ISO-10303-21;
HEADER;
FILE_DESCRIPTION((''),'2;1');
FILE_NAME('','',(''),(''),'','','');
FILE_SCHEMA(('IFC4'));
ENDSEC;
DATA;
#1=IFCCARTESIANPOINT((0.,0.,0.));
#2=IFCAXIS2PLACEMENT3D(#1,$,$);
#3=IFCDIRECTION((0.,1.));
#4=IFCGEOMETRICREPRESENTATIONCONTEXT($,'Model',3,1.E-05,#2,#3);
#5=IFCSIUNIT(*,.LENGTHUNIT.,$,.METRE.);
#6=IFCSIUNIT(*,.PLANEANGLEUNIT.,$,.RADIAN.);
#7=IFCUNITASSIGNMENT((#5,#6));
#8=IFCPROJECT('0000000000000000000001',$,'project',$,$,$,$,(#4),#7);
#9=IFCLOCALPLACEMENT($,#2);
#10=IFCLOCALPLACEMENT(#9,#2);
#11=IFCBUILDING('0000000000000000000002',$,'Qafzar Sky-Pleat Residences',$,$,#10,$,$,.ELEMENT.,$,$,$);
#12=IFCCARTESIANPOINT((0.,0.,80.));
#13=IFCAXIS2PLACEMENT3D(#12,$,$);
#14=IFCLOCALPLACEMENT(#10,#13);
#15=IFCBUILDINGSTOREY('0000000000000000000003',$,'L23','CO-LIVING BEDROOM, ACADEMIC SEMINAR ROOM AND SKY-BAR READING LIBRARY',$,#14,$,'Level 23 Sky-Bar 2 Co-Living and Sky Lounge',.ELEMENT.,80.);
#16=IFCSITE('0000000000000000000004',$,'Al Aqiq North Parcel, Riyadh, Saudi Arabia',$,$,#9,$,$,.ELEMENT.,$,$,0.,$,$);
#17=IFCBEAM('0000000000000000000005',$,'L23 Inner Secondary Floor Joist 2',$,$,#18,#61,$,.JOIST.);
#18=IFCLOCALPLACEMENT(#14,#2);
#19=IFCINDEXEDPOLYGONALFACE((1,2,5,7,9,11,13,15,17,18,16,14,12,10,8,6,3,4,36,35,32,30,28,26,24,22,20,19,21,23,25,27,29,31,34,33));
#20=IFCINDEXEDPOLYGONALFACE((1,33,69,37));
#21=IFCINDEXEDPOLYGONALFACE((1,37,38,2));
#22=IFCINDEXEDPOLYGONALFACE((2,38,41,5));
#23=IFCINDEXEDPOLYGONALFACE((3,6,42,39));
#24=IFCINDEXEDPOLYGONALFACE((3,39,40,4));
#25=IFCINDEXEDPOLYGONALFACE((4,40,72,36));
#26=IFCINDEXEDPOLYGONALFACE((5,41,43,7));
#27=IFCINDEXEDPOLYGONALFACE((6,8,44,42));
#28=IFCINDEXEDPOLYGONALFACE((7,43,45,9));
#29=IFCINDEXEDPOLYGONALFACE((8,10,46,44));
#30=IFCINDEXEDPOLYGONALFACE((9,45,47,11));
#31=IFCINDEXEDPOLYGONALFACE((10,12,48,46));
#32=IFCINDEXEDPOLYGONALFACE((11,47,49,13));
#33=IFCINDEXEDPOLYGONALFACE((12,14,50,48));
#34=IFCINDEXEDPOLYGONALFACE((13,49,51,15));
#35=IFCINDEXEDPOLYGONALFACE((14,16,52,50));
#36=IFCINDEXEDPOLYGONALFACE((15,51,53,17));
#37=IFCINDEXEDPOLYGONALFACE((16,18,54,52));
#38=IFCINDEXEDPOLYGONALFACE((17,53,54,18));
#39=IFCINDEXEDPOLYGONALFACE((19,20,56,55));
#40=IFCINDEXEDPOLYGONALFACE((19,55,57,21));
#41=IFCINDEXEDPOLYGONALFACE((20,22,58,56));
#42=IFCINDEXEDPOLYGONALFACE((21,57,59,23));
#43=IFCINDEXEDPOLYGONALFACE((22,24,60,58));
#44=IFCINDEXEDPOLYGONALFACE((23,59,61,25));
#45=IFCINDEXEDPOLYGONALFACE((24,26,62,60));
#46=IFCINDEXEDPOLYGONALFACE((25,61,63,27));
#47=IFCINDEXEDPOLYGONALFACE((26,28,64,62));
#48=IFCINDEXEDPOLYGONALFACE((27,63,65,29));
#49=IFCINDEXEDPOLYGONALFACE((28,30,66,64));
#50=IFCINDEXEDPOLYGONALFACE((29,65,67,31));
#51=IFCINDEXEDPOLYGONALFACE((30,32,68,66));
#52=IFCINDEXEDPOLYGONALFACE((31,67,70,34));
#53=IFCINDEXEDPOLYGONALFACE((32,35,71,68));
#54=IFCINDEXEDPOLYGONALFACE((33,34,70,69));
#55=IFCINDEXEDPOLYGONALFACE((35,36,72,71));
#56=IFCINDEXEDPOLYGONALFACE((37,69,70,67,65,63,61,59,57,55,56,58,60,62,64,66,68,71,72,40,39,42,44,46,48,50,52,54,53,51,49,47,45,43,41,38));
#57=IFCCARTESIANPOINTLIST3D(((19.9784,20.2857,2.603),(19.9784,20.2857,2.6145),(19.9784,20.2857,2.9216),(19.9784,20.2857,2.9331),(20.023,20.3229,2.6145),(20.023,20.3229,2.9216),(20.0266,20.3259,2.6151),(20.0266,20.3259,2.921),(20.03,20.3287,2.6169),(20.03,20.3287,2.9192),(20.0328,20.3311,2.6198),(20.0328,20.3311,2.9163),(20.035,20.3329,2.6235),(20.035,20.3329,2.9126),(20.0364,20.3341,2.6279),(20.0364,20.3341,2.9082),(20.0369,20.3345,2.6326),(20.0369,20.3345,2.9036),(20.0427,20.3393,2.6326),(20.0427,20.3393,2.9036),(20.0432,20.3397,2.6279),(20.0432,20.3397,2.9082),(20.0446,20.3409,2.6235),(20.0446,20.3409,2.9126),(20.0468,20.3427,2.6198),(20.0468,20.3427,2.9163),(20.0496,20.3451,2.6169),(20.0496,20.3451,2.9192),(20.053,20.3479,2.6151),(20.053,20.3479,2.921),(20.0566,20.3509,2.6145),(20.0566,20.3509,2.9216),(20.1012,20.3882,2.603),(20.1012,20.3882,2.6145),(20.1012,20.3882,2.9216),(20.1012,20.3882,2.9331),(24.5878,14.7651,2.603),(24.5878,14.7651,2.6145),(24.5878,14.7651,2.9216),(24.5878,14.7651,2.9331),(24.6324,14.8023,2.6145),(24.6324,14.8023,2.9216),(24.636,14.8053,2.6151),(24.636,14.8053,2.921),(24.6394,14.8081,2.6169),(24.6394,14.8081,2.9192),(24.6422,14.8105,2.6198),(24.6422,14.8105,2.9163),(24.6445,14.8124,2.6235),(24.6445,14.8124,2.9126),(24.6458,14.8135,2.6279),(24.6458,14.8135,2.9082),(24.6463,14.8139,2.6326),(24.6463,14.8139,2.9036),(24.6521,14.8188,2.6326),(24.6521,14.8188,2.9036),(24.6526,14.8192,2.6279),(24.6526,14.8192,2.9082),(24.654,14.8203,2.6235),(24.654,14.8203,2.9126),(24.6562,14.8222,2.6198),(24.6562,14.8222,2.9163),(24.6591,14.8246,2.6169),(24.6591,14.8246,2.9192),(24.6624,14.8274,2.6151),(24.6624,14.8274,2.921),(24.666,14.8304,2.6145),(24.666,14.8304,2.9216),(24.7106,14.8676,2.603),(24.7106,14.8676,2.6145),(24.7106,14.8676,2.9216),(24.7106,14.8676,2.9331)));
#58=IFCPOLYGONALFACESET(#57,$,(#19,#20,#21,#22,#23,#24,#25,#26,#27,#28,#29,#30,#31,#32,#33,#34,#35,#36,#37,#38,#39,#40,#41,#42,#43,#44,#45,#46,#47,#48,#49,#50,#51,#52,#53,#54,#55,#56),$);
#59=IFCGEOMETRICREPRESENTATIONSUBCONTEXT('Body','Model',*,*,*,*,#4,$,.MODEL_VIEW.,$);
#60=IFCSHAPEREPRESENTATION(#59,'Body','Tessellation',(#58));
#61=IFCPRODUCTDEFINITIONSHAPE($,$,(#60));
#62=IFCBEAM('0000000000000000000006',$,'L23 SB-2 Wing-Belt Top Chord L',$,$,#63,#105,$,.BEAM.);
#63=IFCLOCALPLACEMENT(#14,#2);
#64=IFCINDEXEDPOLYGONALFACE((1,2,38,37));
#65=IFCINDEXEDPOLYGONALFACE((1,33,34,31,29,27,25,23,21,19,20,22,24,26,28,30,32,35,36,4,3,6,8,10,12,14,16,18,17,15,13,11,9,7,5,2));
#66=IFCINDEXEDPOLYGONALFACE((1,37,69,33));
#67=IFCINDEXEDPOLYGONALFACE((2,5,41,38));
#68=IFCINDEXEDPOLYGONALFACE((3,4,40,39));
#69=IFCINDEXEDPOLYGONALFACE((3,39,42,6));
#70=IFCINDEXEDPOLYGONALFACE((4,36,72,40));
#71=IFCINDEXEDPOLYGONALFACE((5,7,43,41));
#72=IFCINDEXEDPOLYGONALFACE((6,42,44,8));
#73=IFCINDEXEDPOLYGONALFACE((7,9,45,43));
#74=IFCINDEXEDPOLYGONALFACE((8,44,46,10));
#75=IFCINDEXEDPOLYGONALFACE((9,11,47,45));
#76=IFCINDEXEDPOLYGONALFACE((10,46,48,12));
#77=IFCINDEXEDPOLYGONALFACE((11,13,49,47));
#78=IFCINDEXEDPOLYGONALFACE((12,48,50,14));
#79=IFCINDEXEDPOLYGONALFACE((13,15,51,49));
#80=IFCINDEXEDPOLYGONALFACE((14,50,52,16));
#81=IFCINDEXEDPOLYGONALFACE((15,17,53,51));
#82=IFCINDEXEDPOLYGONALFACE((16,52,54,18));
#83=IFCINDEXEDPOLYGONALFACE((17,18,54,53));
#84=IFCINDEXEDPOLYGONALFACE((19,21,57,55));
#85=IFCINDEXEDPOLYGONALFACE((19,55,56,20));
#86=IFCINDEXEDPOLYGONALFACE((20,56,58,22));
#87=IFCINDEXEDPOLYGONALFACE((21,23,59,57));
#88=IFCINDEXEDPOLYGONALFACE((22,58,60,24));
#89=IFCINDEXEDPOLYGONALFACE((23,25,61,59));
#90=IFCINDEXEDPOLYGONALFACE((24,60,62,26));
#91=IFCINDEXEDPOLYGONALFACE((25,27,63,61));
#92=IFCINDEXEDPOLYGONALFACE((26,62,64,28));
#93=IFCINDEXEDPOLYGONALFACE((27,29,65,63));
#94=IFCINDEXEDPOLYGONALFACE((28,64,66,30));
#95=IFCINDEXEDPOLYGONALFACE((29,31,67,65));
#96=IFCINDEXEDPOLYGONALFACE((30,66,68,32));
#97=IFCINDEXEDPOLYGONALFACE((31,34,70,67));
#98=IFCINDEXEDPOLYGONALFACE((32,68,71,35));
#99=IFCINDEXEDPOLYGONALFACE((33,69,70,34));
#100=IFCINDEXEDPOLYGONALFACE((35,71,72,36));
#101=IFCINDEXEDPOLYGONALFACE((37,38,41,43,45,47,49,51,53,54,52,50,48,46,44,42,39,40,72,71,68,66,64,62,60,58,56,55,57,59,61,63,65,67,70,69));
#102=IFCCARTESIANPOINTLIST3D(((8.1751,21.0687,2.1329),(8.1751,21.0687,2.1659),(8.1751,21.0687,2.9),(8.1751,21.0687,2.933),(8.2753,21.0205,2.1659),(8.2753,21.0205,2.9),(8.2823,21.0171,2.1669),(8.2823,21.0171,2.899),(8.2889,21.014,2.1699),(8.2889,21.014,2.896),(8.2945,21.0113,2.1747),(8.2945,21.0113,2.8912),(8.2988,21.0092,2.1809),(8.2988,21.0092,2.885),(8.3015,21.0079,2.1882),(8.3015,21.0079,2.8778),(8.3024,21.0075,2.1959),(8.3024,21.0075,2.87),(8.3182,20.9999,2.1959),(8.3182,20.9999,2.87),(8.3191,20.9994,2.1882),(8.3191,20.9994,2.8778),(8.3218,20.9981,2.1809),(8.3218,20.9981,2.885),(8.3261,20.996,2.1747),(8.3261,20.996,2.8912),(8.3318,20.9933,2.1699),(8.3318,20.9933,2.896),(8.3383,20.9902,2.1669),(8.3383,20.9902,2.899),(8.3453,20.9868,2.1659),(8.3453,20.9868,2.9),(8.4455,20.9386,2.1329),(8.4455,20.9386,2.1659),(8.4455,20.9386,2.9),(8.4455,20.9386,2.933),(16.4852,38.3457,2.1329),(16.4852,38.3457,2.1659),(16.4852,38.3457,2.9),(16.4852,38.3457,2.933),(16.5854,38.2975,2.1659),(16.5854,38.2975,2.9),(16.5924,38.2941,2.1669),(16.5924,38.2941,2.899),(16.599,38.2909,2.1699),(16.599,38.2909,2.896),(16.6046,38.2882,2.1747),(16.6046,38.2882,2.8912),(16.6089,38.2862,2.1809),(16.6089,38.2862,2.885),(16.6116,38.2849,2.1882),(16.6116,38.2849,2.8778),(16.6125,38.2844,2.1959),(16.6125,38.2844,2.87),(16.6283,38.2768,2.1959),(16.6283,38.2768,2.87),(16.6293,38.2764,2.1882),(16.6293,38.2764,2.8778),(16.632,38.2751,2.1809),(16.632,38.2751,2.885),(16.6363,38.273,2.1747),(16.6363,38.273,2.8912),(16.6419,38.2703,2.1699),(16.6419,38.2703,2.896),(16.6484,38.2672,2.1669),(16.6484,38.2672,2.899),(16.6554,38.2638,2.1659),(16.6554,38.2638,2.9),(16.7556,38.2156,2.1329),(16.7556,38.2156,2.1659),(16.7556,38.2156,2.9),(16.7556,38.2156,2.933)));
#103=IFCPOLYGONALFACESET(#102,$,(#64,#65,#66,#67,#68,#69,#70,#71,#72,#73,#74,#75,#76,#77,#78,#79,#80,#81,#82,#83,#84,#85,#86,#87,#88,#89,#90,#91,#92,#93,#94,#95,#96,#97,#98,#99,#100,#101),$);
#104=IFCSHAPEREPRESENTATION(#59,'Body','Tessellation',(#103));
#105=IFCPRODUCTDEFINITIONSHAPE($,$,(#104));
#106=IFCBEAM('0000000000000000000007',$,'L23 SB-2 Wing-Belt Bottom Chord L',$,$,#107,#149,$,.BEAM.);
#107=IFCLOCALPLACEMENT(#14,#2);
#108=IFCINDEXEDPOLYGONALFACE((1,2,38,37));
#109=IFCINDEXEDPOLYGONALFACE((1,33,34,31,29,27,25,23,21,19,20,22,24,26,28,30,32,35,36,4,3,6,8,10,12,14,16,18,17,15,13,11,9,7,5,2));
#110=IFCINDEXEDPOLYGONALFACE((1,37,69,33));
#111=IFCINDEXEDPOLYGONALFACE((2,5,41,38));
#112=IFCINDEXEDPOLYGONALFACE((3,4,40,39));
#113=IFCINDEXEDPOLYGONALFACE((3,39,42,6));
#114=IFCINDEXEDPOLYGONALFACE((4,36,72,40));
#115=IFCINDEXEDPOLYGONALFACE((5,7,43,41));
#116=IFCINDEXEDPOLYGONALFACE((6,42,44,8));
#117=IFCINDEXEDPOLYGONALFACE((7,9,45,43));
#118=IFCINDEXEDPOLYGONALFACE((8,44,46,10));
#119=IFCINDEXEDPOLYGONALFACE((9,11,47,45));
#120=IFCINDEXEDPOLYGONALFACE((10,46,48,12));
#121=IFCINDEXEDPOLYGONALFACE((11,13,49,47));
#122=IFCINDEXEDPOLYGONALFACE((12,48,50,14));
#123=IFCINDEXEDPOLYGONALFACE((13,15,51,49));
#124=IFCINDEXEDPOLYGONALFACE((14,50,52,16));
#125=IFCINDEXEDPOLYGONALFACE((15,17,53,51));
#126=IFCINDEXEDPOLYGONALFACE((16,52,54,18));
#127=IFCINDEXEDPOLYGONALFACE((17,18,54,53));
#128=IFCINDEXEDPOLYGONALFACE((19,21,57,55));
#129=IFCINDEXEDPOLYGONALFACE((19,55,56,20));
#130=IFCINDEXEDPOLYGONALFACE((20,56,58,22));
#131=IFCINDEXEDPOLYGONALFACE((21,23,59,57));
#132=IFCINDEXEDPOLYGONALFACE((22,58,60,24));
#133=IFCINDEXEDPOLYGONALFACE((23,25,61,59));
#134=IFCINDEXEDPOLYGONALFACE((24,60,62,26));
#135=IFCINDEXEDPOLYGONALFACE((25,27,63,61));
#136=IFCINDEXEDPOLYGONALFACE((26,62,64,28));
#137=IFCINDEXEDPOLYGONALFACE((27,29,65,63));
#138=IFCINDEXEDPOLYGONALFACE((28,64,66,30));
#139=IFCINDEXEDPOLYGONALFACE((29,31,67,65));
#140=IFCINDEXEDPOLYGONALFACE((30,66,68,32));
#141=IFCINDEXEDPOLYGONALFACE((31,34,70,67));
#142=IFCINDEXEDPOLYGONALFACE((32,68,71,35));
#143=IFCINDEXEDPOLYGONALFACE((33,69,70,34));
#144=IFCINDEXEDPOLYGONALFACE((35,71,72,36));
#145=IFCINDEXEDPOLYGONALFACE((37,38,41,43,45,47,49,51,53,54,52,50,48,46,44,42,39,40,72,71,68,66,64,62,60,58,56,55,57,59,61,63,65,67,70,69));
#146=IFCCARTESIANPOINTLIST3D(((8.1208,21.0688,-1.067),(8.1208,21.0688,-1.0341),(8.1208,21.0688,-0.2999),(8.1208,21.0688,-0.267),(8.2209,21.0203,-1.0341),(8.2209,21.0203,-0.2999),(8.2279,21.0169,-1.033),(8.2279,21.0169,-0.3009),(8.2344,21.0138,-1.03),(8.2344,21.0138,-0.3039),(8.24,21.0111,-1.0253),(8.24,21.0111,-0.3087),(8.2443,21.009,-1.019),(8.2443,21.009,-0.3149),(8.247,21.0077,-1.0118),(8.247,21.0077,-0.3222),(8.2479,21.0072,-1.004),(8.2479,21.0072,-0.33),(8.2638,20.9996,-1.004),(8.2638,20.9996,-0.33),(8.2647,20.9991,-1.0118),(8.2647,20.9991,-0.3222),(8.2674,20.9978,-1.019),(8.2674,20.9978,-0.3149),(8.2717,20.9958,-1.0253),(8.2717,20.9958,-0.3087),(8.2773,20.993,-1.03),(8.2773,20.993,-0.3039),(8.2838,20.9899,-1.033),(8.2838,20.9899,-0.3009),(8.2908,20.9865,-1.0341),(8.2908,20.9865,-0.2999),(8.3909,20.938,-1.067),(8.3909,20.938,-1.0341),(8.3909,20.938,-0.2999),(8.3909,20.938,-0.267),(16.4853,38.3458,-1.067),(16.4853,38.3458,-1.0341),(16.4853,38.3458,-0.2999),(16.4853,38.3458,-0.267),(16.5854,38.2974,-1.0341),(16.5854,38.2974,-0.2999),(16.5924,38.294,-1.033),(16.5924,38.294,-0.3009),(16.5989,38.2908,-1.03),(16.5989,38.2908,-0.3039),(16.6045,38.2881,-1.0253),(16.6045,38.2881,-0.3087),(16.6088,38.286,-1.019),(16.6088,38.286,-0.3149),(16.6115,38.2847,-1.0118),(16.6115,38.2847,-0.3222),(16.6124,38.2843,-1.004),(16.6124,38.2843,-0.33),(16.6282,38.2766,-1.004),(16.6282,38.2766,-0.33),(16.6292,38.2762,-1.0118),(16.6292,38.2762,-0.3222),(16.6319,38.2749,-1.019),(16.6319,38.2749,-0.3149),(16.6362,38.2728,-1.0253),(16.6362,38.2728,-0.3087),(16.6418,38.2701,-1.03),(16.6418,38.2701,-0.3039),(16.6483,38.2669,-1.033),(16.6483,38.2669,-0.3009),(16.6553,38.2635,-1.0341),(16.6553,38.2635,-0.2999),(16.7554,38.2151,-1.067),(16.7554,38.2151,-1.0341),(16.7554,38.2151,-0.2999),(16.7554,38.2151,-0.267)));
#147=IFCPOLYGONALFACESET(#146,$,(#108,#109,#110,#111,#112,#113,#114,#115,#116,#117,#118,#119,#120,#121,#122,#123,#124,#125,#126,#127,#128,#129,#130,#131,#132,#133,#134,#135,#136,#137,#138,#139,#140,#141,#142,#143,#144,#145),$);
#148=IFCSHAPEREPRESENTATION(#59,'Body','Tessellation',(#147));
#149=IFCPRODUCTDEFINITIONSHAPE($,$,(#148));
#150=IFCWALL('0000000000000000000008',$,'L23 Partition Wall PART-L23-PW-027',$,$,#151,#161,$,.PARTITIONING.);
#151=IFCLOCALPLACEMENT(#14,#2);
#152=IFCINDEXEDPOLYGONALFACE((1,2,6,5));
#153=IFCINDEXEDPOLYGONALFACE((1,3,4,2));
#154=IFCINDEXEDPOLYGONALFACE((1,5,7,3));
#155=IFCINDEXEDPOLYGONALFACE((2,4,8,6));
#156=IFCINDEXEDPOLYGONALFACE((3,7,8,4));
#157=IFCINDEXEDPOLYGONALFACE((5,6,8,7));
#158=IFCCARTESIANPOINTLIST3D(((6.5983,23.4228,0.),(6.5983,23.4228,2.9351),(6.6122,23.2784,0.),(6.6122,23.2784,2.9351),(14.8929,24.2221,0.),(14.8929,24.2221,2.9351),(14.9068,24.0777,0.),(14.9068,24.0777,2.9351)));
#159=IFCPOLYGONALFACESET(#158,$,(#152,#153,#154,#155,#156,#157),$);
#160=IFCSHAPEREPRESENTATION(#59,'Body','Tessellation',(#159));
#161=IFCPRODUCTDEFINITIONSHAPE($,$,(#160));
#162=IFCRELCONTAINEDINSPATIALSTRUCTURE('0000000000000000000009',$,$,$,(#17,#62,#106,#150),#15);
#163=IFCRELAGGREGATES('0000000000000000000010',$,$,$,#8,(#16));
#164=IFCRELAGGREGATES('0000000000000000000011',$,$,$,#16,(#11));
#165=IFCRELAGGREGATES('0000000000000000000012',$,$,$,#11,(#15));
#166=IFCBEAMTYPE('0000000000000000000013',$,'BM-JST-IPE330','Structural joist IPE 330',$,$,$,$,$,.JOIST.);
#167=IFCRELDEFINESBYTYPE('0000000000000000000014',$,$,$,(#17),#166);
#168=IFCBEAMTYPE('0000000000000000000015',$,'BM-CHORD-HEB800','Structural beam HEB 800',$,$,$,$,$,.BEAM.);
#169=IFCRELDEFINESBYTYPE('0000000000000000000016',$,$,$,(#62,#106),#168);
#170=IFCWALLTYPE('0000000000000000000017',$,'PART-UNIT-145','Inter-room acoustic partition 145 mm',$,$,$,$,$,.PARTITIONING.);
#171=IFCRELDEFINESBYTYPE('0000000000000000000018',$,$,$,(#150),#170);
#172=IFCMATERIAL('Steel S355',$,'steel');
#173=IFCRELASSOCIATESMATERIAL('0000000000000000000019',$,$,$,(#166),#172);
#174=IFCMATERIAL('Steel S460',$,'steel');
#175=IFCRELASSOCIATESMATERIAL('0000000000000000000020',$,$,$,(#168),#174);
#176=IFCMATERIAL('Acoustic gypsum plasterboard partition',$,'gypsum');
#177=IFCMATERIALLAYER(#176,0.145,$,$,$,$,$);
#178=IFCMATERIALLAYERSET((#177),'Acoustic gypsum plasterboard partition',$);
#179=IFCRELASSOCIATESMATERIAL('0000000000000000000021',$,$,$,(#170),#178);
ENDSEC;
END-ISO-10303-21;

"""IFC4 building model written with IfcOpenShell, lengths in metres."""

from ifc_helpers import new_model, si_unit, direction, frame, frame_2d, origin, origin_2d, place, context, subcontext, project, spatial, rectangle, i_section, extrude, source, transform, mapped, material, layer, layer_set, material_profile, profile_set, type_object, element, save


model = new_model("IFC4")

# Units and contexts
model_context = context("Model", 3, precision=1e-05, world=origin(), true_north=direction((0.0, 1.0)))
body_context = subcontext(model_context, "Body", "Model", "MODEL_VIEW")
ifc_project = project(units=[si_unit("LENGTHUNIT", "METRE"), si_unit("PLANEANGLEUNIT", "RADIAN")], contexts=[model_context])

# Site, building, storey
site_placement = place(None, origin())
site = spatial("IfcSite", under=ifc_project, at=site_placement, Name="Al Aqiq North Parcel, Riyadh, Saudi Arabia", CompositionType="ELEMENT", RefElevation=0.0)
building_placement = place(site_placement, origin())
building = spatial("IfcBuilding", under=site, at=building_placement, Name="Qafzar Sky-Pleat Residences", CompositionType="ELEMENT")
storey_placement = place(building_placement, frame((0.0, 0.0, 80.0)))
storey = spatial("IfcBuildingStorey", under=building, at=storey_placement, Name="L23", Description="CO-LIVING BEDROOM, ACADEMIC SEMINAR ROOM AND SKY-BAR READING LIBRARY", LongName="Level 23 Sky-Bar 2 Co-Living and Sky Lounge", CompositionType="ELEMENT", Elevation=80.0)

# Shared definitions
ifc_material_1 = material(Name="Steel S460", Category="steel")

# Beams
ifc_material_2 = material(Name="Steel S355", Category="steel")
ifc_material_profile_1 = material_profile(ifc_material_2, i_section(OverallWidth=0.1599, OverallDepth=0.3301, WebThickness=0.0076, FlangeThickness=0.0115, FilletRadius=0.0181, at=origin_2d()), Name="IPE 330")
ifc_profile_set_1 = profile_set([ifc_material_profile_1], Name="Steel S355")
beam_type_1 = type_object("IfcBeamType", Name="BM-JST-IPE330", Description="Structural joist IPE 330", PredefinedType="JOIST", material=ifc_profile_set_1)
shared_shape_1 = source(origin(), body_context, "Body", "SweptSolid", [
    extrude(i_section(OverallWidth=0.1599, OverallDepth=0.3301, WebThickness=0.0076, FlangeThickness=0.0115, FilletRadius=0.0181, at=origin_2d()), origin(), (0.0, 0.0, 1.0), 7.1919),
])
beam_1_placement = place(storey_placement, frame((20.0398, 20.3369, 2.7681), z_axis=(0.640919, -0.767609, 0.0), x_axis=(0.767609, 0.640919, 0.0)))
element("IfcBeam", 1, at=beam_1_placement, inside=storey, type_object=beam_type_1, Name="L23 Inner Secondary Floor Joist 2", PredefinedType="JOIST", context=body_context, shape_type="MappedRepresentation", body=[
    mapped(shared_shape_1, transform((0.0, 0.0, 0.0), x_axis=(1.0, 0.0, 0.0), y_axis=(0.0, 1.0, 0.0), z_axis=(0.0, 0.0, 1.0), scale=1.0)),
])
ifc_material_profile_2 = material_profile(ifc_material_1, i_section(OverallWidth=0.3, OverallDepth=0.8, WebThickness=0.0176, FlangeThickness=0.033, FilletRadius=0.03, at=origin_2d()), Name="HEB 800")
ifc_profile_set_2 = profile_set([ifc_material_profile_2], Name="Steel S460")
beam_type_2 = type_object("IfcBeamType", Name="BM-CHORD-HEB800", Description="Structural beam HEB 800", PredefinedType="BEAM", material=ifc_profile_set_2)
shared_shape_2 = source(origin(), body_context, "Body", "SweptSolid", [
    extrude(i_section(OverallWidth=0.3, OverallDepth=0.8, WebThickness=0.0176, FlangeThickness=0.033, FilletRadius=0.03, at=origin_2d()), origin(), (0.0, 0.0, 1.0), 19.1716),
])
beam_2_placement = place(storey_placement, frame((8.3103, 21.0037, 2.533), z_axis=(0.433459, 0.901173, 0.0), x_axis=(-0.901173, 0.433459, 0.0)))
element("IfcBeam", 2, at=beam_2_placement, inside=storey, type_object=beam_type_2, Name="L23 SB-2 Wing-Belt Top Chord L", PredefinedType="BEAM", context=body_context, shape_type="MappedRepresentation", body=[
    mapped(shared_shape_2, transform((0.0, 0.0, 0.0), x_axis=(1.0, 0.0, 0.0), y_axis=(0.0, 1.0, 0.0), z_axis=(0.0, 0.0, 1.0), scale=1.0)),
])
shared_shape_3 = source(origin(), body_context, "Body", "SweptSolid", [
    extrude(i_section(OverallWidth=0.3, OverallDepth=0.8, WebThickness=0.0176, FlangeThickness=0.033, FilletRadius=0.03, at=origin_2d()), origin(), (0.0, 0.0, 1.0), 19.1953),
])
beam_3_placement = place(storey_placement, frame((8.2559, 21.0034, -0.667), z_axis=(0.435756, 0.900065, 0.0), x_axis=(-0.900065, 0.435756, 0.0)))
element("IfcBeam", 3, at=beam_3_placement, inside=storey, type_object=beam_type_2, Name="L23 SB-2 Wing-Belt Bottom Chord L", PredefinedType="BEAM", context=body_context, shape_type="MappedRepresentation", body=[
    mapped(shared_shape_3, transform((0.0, 0.0, 0.0), x_axis=(1.0, 0.0, 0.0), y_axis=(0.0, 1.0, 0.0), z_axis=(0.0, 0.0, 1.0), scale=1.0)),
])

# Wall
ifc_material_3 = material(Name="Acoustic gypsum plasterboard partition", Category="gypsum")
ifc_layer_1 = layer(ifc_material_3, 0.145)
ifc_layer_set_1 = layer_set([ifc_layer_1], Name="Acoustic gypsum plasterboard partition")
wall_type_1 = type_object("IfcWallType", Name="PART-UNIT-145", Description="Inter-room acoustic partition 145 mm", PredefinedType="PARTITIONING", material=ifc_layer_set_1)
wall_1_placement = place(storey_placement, frame((6.6052, 23.3506, 0.0), z_axis=(0.0, 0.0, 1.0), x_axis=(0.995389, 0.095921, 0.0)))
element("IfcWall", 4, at=wall_1_placement, inside=storey, type_object=wall_type_1, Name="L23 Partition Wall PART-L23-PW-027", PredefinedType="PARTITIONING", context=body_context, shape_type="SweptSolid", body=[
    extrude(rectangle(XDim=8.333, YDim=0.145, at=frame_2d((4.1665, 0.0))), origin(), (0.0, 0.0, 1.0), 2.9351),
])

save(model, "model.ifc")
